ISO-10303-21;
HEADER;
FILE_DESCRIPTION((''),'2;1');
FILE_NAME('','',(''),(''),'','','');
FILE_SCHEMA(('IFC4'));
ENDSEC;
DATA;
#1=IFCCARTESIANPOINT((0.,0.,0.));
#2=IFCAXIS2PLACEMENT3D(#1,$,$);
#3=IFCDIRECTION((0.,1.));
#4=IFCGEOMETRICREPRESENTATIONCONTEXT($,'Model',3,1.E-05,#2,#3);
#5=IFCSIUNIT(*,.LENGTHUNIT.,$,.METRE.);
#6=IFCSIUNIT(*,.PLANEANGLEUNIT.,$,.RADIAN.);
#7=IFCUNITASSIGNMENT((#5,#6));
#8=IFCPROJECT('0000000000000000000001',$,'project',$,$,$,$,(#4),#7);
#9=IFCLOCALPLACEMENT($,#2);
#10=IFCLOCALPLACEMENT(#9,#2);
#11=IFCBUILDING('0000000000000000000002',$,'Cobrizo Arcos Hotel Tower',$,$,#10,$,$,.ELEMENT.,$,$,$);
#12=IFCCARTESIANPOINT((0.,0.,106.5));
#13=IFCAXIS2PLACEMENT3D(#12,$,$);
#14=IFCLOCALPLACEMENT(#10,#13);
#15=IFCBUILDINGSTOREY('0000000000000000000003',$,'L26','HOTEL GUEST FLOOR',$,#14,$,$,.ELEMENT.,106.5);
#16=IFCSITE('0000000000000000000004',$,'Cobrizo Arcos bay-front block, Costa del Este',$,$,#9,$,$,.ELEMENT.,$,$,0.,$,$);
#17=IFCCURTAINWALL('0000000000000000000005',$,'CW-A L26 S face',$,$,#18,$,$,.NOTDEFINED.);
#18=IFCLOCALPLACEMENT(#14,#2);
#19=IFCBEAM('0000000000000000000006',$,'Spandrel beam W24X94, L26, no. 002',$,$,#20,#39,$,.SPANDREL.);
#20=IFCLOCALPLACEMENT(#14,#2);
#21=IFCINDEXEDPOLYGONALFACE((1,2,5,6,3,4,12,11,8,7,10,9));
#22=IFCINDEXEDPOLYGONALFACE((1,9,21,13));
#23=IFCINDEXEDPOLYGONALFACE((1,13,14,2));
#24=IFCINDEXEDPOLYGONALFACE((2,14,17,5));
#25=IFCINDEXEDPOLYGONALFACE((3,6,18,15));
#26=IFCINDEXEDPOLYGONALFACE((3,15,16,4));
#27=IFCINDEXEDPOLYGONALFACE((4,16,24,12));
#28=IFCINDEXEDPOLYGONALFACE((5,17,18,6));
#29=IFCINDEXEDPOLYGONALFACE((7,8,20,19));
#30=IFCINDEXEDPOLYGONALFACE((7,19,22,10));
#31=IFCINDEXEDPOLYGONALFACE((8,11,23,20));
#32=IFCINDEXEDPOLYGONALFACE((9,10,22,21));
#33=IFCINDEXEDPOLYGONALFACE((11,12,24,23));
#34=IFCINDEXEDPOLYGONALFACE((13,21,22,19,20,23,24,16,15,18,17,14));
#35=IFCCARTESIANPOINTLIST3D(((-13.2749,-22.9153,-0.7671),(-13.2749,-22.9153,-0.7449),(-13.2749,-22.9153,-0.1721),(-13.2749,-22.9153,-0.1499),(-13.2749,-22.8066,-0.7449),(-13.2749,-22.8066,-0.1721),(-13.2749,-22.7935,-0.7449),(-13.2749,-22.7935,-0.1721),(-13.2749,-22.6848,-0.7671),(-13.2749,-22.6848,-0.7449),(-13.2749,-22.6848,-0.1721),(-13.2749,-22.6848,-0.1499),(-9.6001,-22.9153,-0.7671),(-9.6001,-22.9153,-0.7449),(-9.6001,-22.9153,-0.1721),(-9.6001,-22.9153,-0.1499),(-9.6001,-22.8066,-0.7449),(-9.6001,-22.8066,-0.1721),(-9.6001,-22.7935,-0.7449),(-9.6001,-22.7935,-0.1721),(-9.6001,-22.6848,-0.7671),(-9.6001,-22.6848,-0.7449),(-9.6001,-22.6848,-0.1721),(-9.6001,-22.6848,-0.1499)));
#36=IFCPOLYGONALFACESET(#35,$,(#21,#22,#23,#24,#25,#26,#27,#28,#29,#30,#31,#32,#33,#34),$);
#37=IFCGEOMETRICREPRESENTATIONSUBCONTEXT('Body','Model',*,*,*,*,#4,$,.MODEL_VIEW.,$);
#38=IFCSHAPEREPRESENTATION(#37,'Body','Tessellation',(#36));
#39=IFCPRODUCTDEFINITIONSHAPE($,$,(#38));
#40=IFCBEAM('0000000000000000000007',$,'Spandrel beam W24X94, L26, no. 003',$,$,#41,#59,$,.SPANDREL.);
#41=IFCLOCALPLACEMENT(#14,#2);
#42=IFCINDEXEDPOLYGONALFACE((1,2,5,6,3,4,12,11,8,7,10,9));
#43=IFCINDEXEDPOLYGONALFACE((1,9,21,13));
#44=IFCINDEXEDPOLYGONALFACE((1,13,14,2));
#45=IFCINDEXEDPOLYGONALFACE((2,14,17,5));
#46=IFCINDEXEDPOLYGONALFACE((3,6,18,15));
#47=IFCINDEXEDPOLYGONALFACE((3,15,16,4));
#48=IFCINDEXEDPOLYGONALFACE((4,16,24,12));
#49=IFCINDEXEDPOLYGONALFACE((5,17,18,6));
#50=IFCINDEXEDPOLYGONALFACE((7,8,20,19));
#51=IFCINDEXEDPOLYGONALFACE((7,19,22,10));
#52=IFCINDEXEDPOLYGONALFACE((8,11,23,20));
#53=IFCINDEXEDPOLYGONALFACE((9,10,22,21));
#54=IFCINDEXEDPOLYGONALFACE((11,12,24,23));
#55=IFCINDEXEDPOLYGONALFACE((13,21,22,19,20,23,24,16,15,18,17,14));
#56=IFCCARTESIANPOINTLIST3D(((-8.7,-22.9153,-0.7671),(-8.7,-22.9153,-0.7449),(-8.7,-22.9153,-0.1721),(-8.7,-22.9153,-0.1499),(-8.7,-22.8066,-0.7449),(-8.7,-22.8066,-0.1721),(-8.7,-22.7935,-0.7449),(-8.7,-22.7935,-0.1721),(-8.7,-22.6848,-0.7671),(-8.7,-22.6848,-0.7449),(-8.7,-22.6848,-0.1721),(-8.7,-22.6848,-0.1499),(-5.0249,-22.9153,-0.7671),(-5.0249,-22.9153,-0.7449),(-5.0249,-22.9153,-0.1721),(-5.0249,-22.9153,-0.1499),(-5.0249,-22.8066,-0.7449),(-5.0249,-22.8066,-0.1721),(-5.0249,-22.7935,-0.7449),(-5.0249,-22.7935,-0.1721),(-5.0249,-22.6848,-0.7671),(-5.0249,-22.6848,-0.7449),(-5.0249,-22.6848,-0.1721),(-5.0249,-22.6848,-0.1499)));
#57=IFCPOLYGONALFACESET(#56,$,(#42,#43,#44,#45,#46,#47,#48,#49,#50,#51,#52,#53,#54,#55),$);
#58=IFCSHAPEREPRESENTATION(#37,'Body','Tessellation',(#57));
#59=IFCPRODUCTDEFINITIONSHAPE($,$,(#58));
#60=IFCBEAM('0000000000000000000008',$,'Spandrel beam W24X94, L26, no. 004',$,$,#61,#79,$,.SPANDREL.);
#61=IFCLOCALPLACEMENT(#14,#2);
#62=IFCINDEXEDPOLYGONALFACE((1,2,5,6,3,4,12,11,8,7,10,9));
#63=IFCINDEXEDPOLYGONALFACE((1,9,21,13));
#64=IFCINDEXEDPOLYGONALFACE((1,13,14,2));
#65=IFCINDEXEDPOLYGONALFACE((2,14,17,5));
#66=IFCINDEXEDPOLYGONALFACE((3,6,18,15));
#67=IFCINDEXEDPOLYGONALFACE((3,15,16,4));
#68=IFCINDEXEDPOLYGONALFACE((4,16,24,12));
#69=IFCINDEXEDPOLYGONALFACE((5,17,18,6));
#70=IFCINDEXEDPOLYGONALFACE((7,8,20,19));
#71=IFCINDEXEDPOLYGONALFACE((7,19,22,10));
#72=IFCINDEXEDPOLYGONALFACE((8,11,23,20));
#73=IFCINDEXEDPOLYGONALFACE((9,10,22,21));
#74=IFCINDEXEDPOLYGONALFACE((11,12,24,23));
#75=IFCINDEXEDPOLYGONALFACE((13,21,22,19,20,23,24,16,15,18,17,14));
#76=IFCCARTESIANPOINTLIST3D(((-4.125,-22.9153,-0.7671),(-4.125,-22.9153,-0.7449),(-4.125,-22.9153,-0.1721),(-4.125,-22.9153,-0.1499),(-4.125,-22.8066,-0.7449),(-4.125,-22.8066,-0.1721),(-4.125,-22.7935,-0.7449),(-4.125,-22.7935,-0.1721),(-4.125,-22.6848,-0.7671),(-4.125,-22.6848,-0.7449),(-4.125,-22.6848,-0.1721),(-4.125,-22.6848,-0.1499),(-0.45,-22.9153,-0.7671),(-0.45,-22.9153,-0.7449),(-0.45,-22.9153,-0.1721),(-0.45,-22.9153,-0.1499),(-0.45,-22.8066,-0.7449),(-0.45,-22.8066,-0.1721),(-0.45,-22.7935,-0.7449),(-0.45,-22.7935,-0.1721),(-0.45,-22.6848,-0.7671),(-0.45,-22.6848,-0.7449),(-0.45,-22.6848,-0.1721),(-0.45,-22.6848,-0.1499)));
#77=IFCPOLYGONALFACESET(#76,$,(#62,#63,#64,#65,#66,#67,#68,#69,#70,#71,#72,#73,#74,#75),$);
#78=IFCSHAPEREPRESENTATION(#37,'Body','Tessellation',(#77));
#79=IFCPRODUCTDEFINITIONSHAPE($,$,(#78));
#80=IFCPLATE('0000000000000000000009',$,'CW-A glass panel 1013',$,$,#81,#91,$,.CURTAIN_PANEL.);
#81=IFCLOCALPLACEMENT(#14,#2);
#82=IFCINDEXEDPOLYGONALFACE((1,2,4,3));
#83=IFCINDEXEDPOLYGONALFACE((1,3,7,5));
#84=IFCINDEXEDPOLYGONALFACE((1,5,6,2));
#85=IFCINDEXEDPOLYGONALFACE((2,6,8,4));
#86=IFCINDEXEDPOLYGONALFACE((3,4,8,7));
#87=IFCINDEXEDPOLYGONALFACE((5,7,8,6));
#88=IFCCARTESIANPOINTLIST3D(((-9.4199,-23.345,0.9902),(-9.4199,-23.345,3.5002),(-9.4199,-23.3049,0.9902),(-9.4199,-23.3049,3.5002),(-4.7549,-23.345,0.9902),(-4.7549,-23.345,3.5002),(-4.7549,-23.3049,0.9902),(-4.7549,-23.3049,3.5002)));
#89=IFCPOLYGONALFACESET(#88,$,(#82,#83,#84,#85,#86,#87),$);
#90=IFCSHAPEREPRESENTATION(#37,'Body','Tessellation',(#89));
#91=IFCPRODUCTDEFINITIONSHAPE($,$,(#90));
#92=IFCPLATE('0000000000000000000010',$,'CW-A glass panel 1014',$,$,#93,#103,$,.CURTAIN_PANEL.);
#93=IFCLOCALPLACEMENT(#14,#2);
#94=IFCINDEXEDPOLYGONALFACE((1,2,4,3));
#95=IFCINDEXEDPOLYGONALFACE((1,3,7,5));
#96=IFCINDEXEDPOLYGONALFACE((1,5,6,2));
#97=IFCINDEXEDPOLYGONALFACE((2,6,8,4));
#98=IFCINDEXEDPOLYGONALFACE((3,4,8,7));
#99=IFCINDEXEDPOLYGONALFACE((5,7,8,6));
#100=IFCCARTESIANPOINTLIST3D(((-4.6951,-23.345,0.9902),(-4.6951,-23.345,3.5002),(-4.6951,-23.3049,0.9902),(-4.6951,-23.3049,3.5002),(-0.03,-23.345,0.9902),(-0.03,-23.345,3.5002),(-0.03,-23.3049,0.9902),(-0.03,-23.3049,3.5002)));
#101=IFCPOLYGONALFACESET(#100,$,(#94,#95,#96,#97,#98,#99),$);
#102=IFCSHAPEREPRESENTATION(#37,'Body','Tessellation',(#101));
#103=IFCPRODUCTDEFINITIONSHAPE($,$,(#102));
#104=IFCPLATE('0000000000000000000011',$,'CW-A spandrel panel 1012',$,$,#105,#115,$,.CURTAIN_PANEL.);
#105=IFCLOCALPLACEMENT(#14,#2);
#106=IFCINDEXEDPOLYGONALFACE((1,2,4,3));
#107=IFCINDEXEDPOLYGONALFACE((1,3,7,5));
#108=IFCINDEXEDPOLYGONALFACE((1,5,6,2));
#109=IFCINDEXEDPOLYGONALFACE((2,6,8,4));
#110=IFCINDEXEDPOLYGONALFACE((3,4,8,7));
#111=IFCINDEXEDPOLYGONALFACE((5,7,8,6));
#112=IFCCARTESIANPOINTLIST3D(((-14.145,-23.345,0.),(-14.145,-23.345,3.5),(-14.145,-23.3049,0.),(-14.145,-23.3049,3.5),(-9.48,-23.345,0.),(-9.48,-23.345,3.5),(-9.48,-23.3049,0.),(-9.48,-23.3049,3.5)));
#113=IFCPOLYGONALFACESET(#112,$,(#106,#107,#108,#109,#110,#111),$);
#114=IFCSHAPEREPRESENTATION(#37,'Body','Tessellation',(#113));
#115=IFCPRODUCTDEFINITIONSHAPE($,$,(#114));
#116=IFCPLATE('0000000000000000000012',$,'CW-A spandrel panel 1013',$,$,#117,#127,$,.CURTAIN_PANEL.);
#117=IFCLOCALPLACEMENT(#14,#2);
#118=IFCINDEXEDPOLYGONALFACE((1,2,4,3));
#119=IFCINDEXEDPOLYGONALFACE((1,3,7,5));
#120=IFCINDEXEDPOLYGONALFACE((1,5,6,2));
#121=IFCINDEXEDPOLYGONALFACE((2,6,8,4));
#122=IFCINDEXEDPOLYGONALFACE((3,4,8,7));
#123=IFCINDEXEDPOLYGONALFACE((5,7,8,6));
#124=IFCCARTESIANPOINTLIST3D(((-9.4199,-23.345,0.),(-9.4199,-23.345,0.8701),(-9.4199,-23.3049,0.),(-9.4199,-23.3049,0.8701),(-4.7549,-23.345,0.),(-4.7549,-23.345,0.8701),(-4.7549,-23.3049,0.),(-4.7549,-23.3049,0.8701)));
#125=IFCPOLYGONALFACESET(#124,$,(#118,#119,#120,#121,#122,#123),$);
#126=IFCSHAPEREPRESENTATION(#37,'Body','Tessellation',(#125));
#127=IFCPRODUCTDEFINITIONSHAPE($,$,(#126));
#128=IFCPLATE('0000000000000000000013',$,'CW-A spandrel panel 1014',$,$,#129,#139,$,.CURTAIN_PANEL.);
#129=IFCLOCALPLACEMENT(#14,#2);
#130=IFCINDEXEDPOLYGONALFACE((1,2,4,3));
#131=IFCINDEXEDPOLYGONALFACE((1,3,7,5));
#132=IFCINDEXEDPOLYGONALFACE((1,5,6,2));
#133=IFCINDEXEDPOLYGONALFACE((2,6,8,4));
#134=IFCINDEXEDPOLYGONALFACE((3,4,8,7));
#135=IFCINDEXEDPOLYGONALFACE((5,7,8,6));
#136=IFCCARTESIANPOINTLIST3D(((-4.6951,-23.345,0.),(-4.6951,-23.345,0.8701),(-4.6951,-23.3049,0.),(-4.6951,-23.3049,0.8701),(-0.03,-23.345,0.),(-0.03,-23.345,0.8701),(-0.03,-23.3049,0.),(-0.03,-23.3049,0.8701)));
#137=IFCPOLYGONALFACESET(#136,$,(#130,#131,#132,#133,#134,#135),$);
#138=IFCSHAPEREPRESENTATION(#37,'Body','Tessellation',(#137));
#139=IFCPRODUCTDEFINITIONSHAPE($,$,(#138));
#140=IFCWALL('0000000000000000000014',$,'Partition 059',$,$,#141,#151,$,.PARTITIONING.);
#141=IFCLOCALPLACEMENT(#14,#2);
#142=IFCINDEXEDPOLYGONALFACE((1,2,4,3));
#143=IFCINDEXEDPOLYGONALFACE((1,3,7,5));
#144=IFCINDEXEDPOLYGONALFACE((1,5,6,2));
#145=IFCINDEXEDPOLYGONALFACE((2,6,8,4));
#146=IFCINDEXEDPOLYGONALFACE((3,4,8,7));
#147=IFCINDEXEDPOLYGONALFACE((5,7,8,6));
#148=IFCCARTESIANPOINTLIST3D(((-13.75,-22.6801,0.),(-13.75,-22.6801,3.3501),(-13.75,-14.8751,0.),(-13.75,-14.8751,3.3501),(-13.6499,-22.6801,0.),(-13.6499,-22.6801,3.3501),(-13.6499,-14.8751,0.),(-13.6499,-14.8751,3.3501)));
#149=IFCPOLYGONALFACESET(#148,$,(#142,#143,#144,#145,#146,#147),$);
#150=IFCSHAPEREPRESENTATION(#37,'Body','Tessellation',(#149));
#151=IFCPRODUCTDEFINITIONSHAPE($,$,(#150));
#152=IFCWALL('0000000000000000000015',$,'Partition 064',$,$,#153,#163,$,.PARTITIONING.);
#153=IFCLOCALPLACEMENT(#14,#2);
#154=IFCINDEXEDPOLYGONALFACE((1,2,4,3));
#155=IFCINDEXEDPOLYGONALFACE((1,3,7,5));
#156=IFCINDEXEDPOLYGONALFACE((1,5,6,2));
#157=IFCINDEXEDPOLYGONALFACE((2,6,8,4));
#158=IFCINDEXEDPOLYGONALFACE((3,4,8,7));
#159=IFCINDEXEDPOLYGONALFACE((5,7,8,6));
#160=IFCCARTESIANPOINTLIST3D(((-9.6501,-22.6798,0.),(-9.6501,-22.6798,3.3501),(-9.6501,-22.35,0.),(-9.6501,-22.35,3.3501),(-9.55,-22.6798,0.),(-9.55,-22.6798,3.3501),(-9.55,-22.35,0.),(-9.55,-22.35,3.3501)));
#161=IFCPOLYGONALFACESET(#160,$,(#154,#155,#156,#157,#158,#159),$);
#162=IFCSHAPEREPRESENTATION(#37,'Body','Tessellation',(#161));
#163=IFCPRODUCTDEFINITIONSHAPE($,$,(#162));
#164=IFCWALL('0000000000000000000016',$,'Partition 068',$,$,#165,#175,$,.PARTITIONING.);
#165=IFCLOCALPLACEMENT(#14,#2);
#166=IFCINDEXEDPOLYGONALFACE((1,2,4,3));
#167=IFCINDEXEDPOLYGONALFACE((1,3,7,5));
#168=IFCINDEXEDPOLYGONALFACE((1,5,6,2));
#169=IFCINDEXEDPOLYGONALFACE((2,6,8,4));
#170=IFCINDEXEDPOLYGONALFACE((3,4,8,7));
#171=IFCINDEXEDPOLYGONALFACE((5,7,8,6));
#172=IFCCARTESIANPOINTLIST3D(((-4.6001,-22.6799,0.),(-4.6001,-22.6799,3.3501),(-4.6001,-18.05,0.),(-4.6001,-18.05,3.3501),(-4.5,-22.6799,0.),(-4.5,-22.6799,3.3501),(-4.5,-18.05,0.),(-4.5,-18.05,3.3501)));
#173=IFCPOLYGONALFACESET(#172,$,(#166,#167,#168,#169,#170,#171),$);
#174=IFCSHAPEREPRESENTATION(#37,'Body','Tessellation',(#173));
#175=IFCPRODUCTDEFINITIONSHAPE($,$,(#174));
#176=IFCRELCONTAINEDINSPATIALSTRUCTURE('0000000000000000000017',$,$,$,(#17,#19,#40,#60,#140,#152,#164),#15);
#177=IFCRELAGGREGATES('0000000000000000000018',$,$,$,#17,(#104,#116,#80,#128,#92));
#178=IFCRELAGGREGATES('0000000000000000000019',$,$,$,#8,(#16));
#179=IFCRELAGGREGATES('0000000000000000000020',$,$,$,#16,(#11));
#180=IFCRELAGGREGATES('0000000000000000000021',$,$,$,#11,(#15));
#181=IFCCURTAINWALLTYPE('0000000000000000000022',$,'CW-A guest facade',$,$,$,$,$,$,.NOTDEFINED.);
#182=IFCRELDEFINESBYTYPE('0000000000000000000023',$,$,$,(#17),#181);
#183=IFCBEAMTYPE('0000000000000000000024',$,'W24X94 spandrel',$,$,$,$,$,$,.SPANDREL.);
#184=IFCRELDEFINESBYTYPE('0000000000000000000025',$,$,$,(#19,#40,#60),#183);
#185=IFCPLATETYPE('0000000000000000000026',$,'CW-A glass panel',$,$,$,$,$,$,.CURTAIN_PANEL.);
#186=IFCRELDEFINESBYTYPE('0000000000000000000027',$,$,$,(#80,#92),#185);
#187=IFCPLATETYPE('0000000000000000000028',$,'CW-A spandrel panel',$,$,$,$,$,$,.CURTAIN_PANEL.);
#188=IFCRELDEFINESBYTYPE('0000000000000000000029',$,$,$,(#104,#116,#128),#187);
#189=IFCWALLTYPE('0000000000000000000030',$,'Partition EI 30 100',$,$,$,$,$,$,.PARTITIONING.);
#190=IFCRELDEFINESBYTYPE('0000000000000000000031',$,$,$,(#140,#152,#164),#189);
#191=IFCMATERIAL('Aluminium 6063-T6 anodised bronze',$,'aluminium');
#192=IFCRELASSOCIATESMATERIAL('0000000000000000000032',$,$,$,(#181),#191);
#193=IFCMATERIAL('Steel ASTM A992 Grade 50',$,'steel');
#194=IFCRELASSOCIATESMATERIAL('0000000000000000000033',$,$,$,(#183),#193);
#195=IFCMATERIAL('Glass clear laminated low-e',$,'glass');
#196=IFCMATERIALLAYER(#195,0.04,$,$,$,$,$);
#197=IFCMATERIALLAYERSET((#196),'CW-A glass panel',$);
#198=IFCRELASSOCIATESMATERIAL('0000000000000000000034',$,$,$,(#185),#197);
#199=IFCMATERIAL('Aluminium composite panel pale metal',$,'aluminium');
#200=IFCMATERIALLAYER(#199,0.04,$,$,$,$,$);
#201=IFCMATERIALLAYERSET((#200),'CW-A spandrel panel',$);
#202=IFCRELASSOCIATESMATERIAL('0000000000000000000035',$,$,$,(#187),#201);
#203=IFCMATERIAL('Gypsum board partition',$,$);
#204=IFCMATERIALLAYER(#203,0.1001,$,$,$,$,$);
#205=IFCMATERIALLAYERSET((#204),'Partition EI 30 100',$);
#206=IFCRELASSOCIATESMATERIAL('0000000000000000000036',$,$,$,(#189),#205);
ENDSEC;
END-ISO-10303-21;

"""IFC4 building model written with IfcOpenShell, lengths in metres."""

from ifc_helpers import new_model, si_unit, direction, frame, frame_2d, origin, origin_2d, place, context, subcontext, project, spatial, rectangle, i_section, extrude, material, layer, layer_set, material_profile, profile_set, type_object, element, aggregate, save


model = new_model("IFC4")

# Units and contexts
model_context = context("Model", 3, precision=1e-05, world=origin(), true_north=direction((0.0, 1.0)))
body_context = subcontext(model_context, "Body", "Model", "MODEL_VIEW")
ifc_project = project(units=[si_unit("LENGTHUNIT", "METRE"), si_unit("PLANEANGLEUNIT", "RADIAN")], contexts=[model_context])

# Site, building, storey
site_placement = place(None, origin())
site = spatial("IfcSite", under=ifc_project, at=site_placement, Name="Cobrizo Arcos bay-front block, Costa del Este", CompositionType="ELEMENT", RefElevation=0.0)
building_placement = place(site_placement, origin())
building = spatial("IfcBuilding", under=site, at=building_placement, Name="Cobrizo Arcos Hotel Tower", CompositionType="ELEMENT")
storey_placement = place(building_placement, frame((0.0, 0.0, 106.5)))
storey = spatial("IfcBuildingStorey", under=building, at=storey_placement, Name="L26", Description="HOTEL GUEST FLOOR", CompositionType="ELEMENT", Elevation=106.5)

# Curtain wall
ifc_material_1 = material(Name="Aluminium 6063-T6 anodised bronze", Category="aluminium")
curtain_wall_type = type_object("IfcCurtainWallType", Name="CW-A guest facade", PredefinedType="NOTDEFINED", material=ifc_material_1)
curtain_wall_placement = place(storey_placement, origin())
curtain_wall = element("IfcCurtainWall", 1, at=curtain_wall_placement, inside=storey, type_object=curtain_wall_type, Name="CW-A L26 S face", PredefinedType="NOTDEFINED")

# Beams
ifc_material_2 = material(Name="Steel ASTM A992 Grade 50", Category="steel")
ifc_material_profile_1 = material_profile(ifc_material_2, i_section(OverallWidth=0.2305, OverallDepth=0.6172, WebThickness=0.0132, FlangeThickness=0.0222, at=origin_2d()), Name="W24X94")
ifc_profile_set_1 = profile_set([ifc_material_profile_1], Name="Steel ASTM A992 Grade 50")
beam_type_1 = type_object("IfcBeamType", Name="W24X94 spandrel", PredefinedType="SPANDREL", material=ifc_profile_set_1)
beam_1_placement = place(storey_placement, frame((-13.2749, -22.8, -0.4585), z_axis=(1.0, 0.0, 0.0), x_axis=(0.0, 1.0, 0.0)))
element("IfcBeam", 2, at=beam_1_placement, inside=storey, type_object=beam_type_1, Name="Spandrel beam W24X94, L26, no. 002", PredefinedType="SPANDREL", context=body_context, shape_type="SweptSolid", body=[
    extrude(i_section(OverallWidth=0.2305, OverallDepth=0.6172, WebThickness=0.0132, FlangeThickness=0.0222, at=origin_2d()), origin(), (0.0, 0.0, 1.0), 3.6748),
])
for number, where, z_axis, x_axis, name in (
    (3, (-8.7, -22.8, -0.4585), (1.0, 0.0, 0.0), (0.0, 1.0, 0.0), "Spandrel beam W24X94, L26, no. 003"),
    (4, (-4.125, -22.8, -0.4585), (1.0, 0.0, 0.0), (0.0, 1.0, 0.0), "Spandrel beam W24X94, L26, no. 004"),
):
    element("IfcBeam", number, at=place(storey_placement, frame(where, z_axis=z_axis, x_axis=x_axis)), inside=storey, type_object=beam_type_1, Name=name, PredefinedType="SPANDREL", context=body_context, shape_type="SweptSolid", body=[
        extrude(i_section(OverallWidth=0.2305, OverallDepth=0.6172, WebThickness=0.0132, FlangeThickness=0.0222, at=origin_2d()), origin(), (0.0, 0.0, 1.0), 3.675),
    ])

# Plates
ifc_material_3 = material(Name="Glass clear laminated low-e", Category="glass")
ifc_layer_1 = layer(ifc_material_3, 0.04)
ifc_layer_set_1 = layer_set([ifc_layer_1], Name="CW-A glass panel")
plate_type_1 = type_object("IfcPlateType", Name="CW-A glass panel", PredefinedType="CURTAIN_PANEL", material=ifc_layer_set_1)
plate_1_placement = place(storey_placement, frame((-7.0874, -23.325, 0.9902), z_axis=(0.0, 0.0, 1.0), x_axis=(1.0, 0.0, 0.0)))
plate_1 = element("IfcPlate", 5, at=plate_1_placement, type_object=plate_type_1, Name="CW-A glass panel 1013", PredefinedType="CURTAIN_PANEL", context=body_context, shape_type="SweptSolid", body=[
    extrude(rectangle(XDim=4.665, YDim=0.04, at=origin_2d()), origin(), (0.0, 0.0, 1.0), 2.51),
])
plate_2_placement = place(storey_placement, frame((-2.3625, -23.325, 0.9902), z_axis=(0.0, 0.0, 1.0), x_axis=(1.0, 0.0, 0.0)))
plate_2 = element("IfcPlate", 6, at=plate_2_placement, type_object=plate_type_1, Name="CW-A glass panel 1014", PredefinedType="CURTAIN_PANEL", context=body_context, shape_type="SweptSolid", body=[
    extrude(rectangle(XDim=4.665, YDim=0.04, at=origin_2d()), origin(), (0.0, 0.0, 1.0), 2.51),
])
ifc_material_4 = material(Name="Aluminium composite panel pale metal", Category="aluminium")
ifc_layer_2 = layer(ifc_material_4, 0.04)
ifc_layer_set_2 = layer_set([ifc_layer_2], Name="CW-A spandrel panel")
plate_type_2 = type_object("IfcPlateType", Name="CW-A spandrel panel", PredefinedType="CURTAIN_PANEL", material=ifc_layer_set_2)
plate_3_placement = place(storey_placement, frame((-11.8125, -23.325, 0.0), z_axis=(0.0, 0.0, 1.0), x_axis=(1.0, 0.0, 0.0)))
plate_3 = element("IfcPlate", 7, at=plate_3_placement, type_object=plate_type_2, Name="CW-A spandrel panel 1012", PredefinedType="CURTAIN_PANEL", context=body_context, shape_type="SweptSolid", body=[
    extrude(rectangle(XDim=4.665, YDim=0.04, at=origin_2d()), origin(), (0.0, 0.0, 1.0), 3.5),
])
plate_4_placement = place(storey_placement, frame((-7.0874, -23.325, 0.0), z_axis=(0.0, 0.0, 1.0), x_axis=(1.0, 0.0, 0.0)))
plate_4 = element("IfcPlate", 8, at=plate_4_placement, type_object=plate_type_2, Name="CW-A spandrel panel 1013", PredefinedType="CURTAIN_PANEL", context=body_context, shape_type="SweptSolid", body=[
    extrude(rectangle(XDim=4.665, YDim=0.04, at=origin_2d()), origin(), (0.0, 0.0, 1.0), 0.8701),
])
plate_5_placement = place(storey_placement, frame((-2.3625, -23.325, 0.0), z_axis=(0.0, 0.0, 1.0), x_axis=(1.0, 0.0, 0.0)))
plate_5 = element("IfcPlate", 9, at=plate_5_placement, type_object=plate_type_2, Name="CW-A spandrel panel 1014", PredefinedType="CURTAIN_PANEL", context=body_context, shape_type="SweptSolid", body=[
    extrude(rectangle(XDim=4.665, YDim=0.04, at=origin_2d()), origin(), (0.0, 0.0, 1.0), 0.8701),
])
aggregate(curtain_wall, [plate_3, plate_4, plate_1, plate_5, plate_2])

# Walls
ifc_material_5 = material(Name="Gypsum board partition")
ifc_layer_3 = layer(ifc_material_5, 0.1001)
ifc_layer_set_3 = layer_set([ifc_layer_3], Name="Partition EI 30 100")
wall_type = type_object("IfcWallType", Name="Partition EI 30 100", PredefinedType="PARTITIONING", material=ifc_layer_set_3)
wall_1_placement = place(storey_placement, frame((-13.7, -22.6799, 0.0), z_axis=(0.0, 0.0, 1.0), x_axis=(0.0, 1.0, 0.0)))
element("IfcWall", 10, at=wall_1_placement, inside=storey, type_object=wall_type, Name="Partition 059", PredefinedType="PARTITIONING", context=body_context, shape_type="SweptSolid", body=[
    extrude(rectangle(XDim=7.8049, YDim=0.1001, at=frame_2d((3.9023, 0.0))), origin(), (0.0, 0.0, 1.0), 3.3501),
])
wall_2_placement = place(storey_placement, frame((-9.6001, -22.6799, 0.0), z_axis=(0.0, 0.0, 1.0), x_axis=(0.0, 1.0, 0.0)))
element("IfcWall", 11, at=wall_2_placement, inside=storey, type_object=wall_type, Name="Partition 064", PredefinedType="PARTITIONING", context=body_context, shape_type="SweptSolid", body=[
    extrude(rectangle(XDim=0.3298, YDim=0.1001, at=frame_2d((0.165, 0.0))), origin(), (0.0, 0.0, 1.0), 3.3501),
])
wall_3_placement = place(storey_placement, frame((-4.55, -22.6799, 0.0), z_axis=(0.0, 0.0, 1.0), x_axis=(0.0, 1.0, 0.0)))
element("IfcWall", 12, at=wall_3_placement, inside=storey, type_object=wall_type, Name="Partition 068", PredefinedType="PARTITIONING", context=body_context, shape_type="SweptSolid", body=[
    extrude(rectangle(XDim=4.6299, YDim=0.1001, at=frame_2d((2.3149, 0.0))), origin(), (0.0, 0.0, 1.0), 3.3501),
])

save(model, "model.ifc")
